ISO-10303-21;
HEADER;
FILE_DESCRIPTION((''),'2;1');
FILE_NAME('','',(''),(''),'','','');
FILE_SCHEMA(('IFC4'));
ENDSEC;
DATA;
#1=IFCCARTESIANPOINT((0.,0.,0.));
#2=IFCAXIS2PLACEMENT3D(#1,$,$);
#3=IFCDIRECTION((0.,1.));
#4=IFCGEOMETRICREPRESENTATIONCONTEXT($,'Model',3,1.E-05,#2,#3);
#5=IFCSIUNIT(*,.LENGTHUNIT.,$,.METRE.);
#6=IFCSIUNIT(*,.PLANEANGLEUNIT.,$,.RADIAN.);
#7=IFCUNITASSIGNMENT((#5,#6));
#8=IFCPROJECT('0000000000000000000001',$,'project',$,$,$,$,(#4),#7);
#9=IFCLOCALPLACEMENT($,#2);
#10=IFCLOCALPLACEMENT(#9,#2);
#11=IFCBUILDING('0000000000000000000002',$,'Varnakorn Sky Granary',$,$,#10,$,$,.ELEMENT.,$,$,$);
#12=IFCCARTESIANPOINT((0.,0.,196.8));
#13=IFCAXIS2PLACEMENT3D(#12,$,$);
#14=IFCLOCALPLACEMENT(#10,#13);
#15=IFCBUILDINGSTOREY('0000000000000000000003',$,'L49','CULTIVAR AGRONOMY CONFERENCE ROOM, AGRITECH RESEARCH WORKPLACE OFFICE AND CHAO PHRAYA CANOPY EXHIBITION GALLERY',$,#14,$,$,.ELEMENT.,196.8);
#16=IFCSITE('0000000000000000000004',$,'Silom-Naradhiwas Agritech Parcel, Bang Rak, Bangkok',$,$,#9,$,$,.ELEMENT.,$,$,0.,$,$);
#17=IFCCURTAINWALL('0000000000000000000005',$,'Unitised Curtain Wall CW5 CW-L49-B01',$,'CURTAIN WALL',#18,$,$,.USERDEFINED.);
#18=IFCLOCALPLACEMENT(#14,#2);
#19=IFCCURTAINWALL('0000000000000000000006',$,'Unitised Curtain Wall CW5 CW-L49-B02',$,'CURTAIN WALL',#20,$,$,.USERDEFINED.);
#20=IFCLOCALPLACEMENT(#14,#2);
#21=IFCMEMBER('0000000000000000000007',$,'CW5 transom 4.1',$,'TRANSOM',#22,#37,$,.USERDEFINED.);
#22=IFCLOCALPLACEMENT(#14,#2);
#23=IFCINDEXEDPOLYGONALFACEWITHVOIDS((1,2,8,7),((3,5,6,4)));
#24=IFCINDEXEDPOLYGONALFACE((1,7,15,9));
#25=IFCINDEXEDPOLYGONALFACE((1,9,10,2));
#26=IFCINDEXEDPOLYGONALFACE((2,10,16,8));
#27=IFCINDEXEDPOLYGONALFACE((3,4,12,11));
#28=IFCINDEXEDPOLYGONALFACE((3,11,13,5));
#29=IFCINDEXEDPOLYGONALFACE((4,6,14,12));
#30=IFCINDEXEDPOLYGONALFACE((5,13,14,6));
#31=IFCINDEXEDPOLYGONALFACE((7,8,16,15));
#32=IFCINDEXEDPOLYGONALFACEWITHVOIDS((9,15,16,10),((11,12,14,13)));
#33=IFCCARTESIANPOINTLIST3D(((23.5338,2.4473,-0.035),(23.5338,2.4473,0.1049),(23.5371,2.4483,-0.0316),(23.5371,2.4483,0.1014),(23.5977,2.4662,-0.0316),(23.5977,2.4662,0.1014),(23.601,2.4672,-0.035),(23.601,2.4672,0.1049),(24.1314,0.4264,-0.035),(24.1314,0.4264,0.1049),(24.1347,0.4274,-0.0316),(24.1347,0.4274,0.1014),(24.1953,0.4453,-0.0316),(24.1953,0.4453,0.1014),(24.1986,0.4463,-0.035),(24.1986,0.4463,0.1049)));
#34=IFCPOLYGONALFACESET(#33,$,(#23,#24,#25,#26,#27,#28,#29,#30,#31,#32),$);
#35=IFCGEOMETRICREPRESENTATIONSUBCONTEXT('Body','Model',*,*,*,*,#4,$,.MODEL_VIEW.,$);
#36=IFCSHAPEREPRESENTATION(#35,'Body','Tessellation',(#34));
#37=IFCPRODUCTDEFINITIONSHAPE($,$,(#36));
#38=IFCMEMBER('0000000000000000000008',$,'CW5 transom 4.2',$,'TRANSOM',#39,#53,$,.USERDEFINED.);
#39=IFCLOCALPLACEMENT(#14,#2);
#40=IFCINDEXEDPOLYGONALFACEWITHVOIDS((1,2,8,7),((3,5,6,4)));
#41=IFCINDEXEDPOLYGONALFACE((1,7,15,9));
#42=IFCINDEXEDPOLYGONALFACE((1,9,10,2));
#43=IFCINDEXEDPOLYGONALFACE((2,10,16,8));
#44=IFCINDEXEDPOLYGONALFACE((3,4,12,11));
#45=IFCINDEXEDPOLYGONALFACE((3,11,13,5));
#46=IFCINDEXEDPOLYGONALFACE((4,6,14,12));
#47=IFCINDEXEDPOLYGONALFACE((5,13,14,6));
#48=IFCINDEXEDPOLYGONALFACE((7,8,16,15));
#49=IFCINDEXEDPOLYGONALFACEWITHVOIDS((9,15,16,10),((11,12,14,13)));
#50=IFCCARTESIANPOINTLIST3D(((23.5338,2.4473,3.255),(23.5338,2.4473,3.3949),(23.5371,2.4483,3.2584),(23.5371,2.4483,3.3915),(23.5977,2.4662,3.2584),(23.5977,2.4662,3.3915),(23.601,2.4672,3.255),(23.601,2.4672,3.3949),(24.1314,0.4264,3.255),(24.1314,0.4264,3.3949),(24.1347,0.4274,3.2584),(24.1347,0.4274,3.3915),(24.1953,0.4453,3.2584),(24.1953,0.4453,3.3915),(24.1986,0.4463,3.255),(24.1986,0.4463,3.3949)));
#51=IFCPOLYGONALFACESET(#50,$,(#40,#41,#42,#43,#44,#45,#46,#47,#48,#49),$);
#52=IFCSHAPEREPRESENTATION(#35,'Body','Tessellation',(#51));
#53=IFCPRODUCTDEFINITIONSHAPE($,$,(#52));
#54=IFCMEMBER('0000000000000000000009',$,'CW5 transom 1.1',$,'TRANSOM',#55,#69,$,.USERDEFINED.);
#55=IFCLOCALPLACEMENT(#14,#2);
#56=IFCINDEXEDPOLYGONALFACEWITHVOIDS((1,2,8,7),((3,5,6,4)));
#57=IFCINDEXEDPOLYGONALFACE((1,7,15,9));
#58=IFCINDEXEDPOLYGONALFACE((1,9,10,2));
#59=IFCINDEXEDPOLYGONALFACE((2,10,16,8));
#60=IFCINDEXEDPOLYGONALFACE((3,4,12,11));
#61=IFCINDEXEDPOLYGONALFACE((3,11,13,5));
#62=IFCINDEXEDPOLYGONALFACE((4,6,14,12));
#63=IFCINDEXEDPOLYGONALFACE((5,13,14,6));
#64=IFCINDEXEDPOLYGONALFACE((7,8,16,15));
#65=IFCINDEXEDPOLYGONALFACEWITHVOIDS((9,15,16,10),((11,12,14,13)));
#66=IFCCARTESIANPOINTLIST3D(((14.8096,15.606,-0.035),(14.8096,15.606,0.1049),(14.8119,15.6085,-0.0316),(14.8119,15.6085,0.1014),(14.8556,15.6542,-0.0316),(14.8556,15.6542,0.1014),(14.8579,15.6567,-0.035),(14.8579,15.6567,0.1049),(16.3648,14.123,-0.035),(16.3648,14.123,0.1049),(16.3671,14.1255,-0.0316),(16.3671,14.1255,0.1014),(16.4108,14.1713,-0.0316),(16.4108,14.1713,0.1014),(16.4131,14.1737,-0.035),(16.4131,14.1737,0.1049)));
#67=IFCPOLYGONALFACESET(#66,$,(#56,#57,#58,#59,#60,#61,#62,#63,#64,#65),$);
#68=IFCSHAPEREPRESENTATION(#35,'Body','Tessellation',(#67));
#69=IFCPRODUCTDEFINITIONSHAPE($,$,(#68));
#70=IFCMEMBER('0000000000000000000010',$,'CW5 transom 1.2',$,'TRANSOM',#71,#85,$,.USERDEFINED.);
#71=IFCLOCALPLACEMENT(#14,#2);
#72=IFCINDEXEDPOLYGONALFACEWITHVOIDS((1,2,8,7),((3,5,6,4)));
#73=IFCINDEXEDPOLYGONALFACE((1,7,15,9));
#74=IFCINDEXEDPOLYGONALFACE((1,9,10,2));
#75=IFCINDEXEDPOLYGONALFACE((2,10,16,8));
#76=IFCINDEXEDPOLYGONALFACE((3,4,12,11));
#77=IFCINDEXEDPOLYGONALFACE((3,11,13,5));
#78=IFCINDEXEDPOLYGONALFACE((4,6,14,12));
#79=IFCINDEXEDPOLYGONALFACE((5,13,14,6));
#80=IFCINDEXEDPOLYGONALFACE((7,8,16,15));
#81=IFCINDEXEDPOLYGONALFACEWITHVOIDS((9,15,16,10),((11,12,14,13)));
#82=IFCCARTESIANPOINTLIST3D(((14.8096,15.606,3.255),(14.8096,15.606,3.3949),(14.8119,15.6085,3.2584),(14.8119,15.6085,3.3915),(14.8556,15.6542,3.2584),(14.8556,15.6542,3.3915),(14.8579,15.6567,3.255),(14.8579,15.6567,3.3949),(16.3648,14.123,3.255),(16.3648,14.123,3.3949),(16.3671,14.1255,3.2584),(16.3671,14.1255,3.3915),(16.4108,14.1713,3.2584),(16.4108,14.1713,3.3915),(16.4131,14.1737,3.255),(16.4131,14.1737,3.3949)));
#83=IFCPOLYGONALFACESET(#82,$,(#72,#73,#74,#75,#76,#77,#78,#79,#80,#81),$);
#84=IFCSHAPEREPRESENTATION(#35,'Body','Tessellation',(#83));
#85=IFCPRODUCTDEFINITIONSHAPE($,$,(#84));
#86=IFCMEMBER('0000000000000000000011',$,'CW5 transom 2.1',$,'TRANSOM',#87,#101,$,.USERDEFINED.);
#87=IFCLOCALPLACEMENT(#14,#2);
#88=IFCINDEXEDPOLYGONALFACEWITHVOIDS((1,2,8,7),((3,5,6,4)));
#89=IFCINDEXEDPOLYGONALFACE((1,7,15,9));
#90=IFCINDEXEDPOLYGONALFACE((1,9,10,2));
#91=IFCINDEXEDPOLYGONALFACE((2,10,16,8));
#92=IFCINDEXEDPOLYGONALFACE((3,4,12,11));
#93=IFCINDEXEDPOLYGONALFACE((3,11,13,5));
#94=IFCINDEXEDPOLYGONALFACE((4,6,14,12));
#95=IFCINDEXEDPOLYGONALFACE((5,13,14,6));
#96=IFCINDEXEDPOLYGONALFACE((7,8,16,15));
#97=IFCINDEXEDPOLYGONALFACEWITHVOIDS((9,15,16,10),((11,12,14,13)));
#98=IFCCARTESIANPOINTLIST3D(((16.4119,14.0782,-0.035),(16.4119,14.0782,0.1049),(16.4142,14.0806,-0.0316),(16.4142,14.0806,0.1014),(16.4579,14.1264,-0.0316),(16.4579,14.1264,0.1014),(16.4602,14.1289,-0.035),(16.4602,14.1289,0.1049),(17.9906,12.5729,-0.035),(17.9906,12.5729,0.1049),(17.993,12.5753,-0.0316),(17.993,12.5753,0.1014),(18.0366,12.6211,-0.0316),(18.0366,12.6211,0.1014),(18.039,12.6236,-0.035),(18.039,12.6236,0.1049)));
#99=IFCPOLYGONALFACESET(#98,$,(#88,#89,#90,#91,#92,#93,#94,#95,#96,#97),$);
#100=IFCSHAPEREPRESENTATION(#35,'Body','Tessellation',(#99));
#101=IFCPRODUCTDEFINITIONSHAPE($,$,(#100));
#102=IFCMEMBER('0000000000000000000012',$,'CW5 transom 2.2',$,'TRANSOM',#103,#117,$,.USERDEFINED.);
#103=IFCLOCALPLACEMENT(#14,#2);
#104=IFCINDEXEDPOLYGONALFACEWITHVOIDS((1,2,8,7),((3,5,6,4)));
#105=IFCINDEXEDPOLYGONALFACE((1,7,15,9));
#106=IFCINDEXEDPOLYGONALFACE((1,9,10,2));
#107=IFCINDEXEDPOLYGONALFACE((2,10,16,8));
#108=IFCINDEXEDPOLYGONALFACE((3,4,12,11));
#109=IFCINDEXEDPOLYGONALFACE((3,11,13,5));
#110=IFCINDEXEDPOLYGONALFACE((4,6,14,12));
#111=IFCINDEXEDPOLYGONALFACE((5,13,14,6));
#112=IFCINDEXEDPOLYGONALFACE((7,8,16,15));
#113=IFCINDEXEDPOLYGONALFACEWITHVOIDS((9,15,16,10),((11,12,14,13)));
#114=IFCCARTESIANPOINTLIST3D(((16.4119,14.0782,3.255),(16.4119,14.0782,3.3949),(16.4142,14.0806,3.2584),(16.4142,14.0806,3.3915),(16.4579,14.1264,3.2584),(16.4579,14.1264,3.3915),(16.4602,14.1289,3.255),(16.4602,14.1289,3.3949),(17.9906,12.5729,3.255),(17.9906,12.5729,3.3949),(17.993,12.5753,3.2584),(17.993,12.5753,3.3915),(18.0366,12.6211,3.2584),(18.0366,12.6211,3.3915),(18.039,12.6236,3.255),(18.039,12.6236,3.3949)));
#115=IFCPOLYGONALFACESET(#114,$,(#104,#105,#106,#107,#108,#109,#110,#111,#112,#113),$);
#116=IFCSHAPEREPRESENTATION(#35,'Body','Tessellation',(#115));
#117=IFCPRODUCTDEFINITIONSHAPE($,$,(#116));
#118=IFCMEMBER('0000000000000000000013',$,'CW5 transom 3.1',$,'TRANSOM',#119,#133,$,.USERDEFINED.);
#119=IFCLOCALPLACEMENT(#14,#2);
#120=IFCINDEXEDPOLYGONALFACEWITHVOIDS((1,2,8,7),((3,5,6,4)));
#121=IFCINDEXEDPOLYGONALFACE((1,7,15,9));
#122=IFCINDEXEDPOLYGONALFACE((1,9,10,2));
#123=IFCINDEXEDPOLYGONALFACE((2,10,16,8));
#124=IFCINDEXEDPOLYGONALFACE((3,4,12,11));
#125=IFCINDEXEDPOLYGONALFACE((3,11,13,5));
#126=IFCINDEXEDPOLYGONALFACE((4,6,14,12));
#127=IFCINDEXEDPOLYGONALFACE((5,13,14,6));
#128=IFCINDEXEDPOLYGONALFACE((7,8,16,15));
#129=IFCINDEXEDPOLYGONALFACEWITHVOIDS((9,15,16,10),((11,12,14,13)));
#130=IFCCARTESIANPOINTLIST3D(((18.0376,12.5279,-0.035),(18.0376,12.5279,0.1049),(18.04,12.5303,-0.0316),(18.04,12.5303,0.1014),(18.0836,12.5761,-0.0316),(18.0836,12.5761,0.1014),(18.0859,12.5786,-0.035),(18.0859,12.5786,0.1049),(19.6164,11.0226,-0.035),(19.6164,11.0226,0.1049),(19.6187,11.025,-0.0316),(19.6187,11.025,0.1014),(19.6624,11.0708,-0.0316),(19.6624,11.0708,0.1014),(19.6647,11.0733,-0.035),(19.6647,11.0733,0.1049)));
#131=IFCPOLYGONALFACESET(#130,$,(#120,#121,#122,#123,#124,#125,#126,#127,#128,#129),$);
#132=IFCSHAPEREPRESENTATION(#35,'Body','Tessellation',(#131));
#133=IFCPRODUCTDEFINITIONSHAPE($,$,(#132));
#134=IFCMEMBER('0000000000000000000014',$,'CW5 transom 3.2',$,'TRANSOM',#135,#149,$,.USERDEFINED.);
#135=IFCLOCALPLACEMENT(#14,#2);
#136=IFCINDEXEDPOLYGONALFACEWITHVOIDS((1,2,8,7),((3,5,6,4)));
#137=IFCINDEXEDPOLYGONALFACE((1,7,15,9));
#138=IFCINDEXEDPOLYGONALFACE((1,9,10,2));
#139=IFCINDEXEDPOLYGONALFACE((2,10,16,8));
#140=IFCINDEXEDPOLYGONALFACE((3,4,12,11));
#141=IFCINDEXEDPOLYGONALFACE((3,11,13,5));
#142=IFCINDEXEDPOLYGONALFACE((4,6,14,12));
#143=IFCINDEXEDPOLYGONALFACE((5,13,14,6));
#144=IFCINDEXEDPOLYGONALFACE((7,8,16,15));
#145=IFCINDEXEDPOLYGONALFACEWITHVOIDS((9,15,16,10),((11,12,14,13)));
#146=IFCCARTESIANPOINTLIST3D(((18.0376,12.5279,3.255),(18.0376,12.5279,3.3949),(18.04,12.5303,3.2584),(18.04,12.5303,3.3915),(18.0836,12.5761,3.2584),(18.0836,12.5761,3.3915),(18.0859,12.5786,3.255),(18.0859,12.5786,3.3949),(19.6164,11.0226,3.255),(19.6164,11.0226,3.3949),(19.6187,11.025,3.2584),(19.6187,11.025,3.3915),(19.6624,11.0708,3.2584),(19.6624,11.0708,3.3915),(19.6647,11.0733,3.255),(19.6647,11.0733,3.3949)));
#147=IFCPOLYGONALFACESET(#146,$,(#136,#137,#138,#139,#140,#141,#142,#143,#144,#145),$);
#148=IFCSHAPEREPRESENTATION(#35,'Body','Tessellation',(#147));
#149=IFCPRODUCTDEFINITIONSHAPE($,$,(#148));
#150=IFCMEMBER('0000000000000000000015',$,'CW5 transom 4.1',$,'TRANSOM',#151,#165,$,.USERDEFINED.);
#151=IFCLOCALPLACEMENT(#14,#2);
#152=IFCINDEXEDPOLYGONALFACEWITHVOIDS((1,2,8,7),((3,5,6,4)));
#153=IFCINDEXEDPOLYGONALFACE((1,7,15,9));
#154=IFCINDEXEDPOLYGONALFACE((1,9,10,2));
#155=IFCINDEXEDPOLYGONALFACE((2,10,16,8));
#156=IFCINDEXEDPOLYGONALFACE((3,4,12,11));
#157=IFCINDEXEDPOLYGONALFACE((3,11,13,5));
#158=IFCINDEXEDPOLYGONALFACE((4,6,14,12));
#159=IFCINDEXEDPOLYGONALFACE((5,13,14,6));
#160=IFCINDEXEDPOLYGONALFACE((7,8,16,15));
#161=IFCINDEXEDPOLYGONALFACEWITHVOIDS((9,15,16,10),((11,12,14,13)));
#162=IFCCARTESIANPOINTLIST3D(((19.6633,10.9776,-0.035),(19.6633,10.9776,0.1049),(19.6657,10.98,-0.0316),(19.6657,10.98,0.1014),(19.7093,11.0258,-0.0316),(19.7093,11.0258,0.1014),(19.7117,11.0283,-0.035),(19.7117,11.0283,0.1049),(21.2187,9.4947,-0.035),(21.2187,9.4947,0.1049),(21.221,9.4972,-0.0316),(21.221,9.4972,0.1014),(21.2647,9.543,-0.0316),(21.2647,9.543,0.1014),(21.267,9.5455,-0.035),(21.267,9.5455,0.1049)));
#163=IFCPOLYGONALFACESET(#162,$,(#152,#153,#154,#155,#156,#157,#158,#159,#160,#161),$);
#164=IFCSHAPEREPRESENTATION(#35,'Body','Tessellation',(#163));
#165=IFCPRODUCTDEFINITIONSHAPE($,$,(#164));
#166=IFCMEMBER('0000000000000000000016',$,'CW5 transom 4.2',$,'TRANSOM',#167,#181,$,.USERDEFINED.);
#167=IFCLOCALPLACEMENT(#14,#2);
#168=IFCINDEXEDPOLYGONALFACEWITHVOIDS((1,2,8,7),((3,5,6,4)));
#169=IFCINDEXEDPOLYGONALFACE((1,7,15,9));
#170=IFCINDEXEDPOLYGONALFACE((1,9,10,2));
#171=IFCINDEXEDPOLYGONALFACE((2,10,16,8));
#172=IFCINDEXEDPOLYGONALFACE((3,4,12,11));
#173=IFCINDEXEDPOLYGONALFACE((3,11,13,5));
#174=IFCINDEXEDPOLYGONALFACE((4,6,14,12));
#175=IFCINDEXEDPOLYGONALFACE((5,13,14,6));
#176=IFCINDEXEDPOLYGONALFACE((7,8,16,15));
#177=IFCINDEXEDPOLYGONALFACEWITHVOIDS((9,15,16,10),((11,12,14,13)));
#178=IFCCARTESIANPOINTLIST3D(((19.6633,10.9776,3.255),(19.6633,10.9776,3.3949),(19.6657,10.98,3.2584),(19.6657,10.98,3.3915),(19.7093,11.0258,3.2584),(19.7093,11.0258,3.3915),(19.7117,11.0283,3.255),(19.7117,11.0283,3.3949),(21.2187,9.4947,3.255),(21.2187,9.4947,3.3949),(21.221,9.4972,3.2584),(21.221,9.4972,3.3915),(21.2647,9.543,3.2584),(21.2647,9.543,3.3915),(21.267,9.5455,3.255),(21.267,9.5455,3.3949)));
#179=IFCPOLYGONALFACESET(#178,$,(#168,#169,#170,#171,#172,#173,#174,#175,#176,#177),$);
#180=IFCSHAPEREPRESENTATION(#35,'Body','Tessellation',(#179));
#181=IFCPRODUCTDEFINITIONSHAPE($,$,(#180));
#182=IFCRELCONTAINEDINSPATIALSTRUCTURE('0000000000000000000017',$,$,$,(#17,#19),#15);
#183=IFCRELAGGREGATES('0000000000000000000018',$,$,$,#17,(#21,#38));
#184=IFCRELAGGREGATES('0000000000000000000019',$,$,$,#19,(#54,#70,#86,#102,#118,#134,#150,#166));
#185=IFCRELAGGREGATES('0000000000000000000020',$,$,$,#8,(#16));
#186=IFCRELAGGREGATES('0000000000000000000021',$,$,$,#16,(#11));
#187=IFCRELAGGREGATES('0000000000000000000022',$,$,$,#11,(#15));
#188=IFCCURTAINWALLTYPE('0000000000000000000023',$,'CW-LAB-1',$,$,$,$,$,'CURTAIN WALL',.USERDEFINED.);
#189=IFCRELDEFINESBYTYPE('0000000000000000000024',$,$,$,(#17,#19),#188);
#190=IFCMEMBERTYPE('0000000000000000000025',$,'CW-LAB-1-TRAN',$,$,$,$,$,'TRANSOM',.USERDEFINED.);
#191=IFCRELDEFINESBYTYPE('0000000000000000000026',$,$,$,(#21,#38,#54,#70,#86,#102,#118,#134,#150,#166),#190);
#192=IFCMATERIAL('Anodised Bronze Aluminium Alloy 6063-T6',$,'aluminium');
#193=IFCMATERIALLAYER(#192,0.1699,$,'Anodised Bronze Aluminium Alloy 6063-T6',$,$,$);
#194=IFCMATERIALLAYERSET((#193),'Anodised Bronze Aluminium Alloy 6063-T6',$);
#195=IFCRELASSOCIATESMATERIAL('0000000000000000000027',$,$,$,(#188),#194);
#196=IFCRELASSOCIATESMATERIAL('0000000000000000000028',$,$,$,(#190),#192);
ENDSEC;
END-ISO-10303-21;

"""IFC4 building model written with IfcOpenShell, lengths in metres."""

from ifc_helpers import new_model, si_unit, direction, frame, origin, origin_2d, place, context, subcontext, project, spatial, hollow_rectangle, extrude, material, layer, layer_set, material_profile, profile_set, type_object, element, aggregate, save


model = new_model("IFC4")

# Units and contexts
model_context = context("Model", 3, precision=1e-05, world=origin(), true_north=direction((0.0, 1.0)))
body_context = subcontext(model_context, "Body", "Model", "MODEL_VIEW")
ifc_project = project(units=[si_unit("LENGTHUNIT", "METRE"), si_unit("PLANEANGLEUNIT", "RADIAN")], contexts=[model_context])

# Site, building, storey
site_placement = place(None, origin())
site = spatial("IfcSite", under=ifc_project, at=site_placement, Name="Silom-Naradhiwas Agritech Parcel, Bang Rak, Bangkok", CompositionType="ELEMENT", RefElevation=0.0)
building_placement = place(site_placement, origin())
building = spatial("IfcBuilding", under=site, at=building_placement, Name="Varnakorn Sky Granary", CompositionType="ELEMENT")
storey_placement = place(building_placement, frame((0.0, 0.0, 196.8)))
storey = spatial("IfcBuildingStorey", under=building, at=storey_placement, Name="L49", Description="CULTIVAR AGRONOMY CONFERENCE ROOM, AGRITECH RESEARCH WORKPLACE OFFICE AND CHAO PHRAYA CANOPY EXHIBITION GALLERY", CompositionType="ELEMENT", Elevation=196.8)

# Curtain walls
ifc_material_1 = material(Name="Anodised Bronze Aluminium Alloy 6063-T6", Category="aluminium")
ifc_layer_1 = layer(ifc_material_1, 0.1699, Name="Anodised Bronze Aluminium Alloy 6063-T6")
ifc_layer_set_1 = layer_set([ifc_layer_1], Name="Anodised Bronze Aluminium Alloy 6063-T6")
curtain_wall_type = type_object("IfcCurtainWallType", Name="CW-LAB-1", ElementType="CURTAIN WALL", PredefinedType="USERDEFINED", material=ifc_layer_set_1)
curtain_wall_1_placement = place(storey_placement, origin())
curtain_wall_1 = element("IfcCurtainWall", 1, at=curtain_wall_1_placement, inside=storey, type_object=curtain_wall_type, Name="Unitised Curtain Wall CW5 CW-L49-B01", ObjectType="CURTAIN WALL", PredefinedType="USERDEFINED")
curtain_wall_2_placement = place(storey_placement, origin())
curtain_wall_2 = element("IfcCurtainWall", 2, at=curtain_wall_2_placement, inside=storey, type_object=curtain_wall_type, Name="Unitised Curtain Wall CW5 CW-L49-B02", ObjectType="CURTAIN WALL", PredefinedType="USERDEFINED")

# Members
ifc_material_profile_1 = material_profile(ifc_material_1, hollow_rectangle(XDim=0.0701, YDim=0.1399, WallThickness=0.0034, at=origin_2d()), Name="ALU TRAN 70x140")
ifc_profile_set_1 = profile_set([ifc_material_profile_1], Name="Anodised Bronze Aluminium Alloy 6063-T6")
member_type_1 = type_object("IfcMemberType", Name="CW-LAB-1-TRAN", ElementType="TRANSOM", PredefinedType="USERDEFINED", material=ifc_profile_set_1)
member_1_placement = place(storey_placement, frame((23.5674, 2.4573, 0.0349), z_axis=(0.283583, -0.958948, 0.0), x_axis=(0.958948, 0.283583, 0.0)))
member_1 = element("IfcMember", 3, at=member_1_placement, type_object=member_type_1, Name="CW5 transom 4.1", ObjectType="TRANSOM", PredefinedType="USERDEFINED", context=body_context, shape_type="SweptSolid", body=[
    extrude(hollow_rectangle(XDim=0.0701, YDim=0.1399, WallThickness=0.0034, at=origin_2d()), origin(), (0.0, 0.0, 1.0), 2.1074),
])
member_2_placement = place(storey_placement, frame((23.5674, 2.4573, 3.325), z_axis=(0.283583, -0.958948, 0.0), x_axis=(0.958948, 0.283583, 0.0)))
member_2 = element("IfcMember", 4, at=member_2_placement, type_object=member_type_1, Name="CW5 transom 4.2", ObjectType="TRANSOM", PredefinedType="USERDEFINED", context=body_context, shape_type="SweptSolid", body=[
    extrude(hollow_rectangle(XDim=0.0701, YDim=0.1399, WallThickness=0.0034, at=origin_2d()), origin(), (0.0, 0.0, 1.0), 2.1074),
])
member_3_placement = place(storey_placement, frame((14.8337, 15.6313, 0.0349), z_axis=(0.723722, -0.690092, 0.0), x_axis=(0.690092, 0.723722, 0.0)))
member_3 = element("IfcMember", 5, at=member_3_placement, type_object=member_type_1, Name="CW5 transom 1.1", ObjectType="TRANSOM", PredefinedType="USERDEFINED", context=body_context, shape_type="SweptSolid", body=[
    extrude(hollow_rectangle(XDim=0.0701, YDim=0.1399, WallThickness=0.0034, at=origin_2d()), origin(), (0.0, 0.0, 1.0), 2.1489),
])
member_4_placement = place(storey_placement, frame((14.8337, 15.6313, 3.325), z_axis=(0.723722, -0.690092, 0.0), x_axis=(0.690092, 0.723722, 0.0)))
member_4 = element("IfcMember", 6, at=member_4_placement, type_object=member_type_1, Name="CW5 transom 1.2", ObjectType="TRANSOM", PredefinedType="USERDEFINED", context=body_context, shape_type="SweptSolid", body=[
    extrude(hollow_rectangle(XDim=0.0701, YDim=0.1399, WallThickness=0.0034, at=origin_2d()), origin(), (0.0, 0.0, 1.0), 2.1489),
])
member_5_placement = place(storey_placement, frame((16.436, 14.1035, 0.0349), z_axis=(0.723749, -0.690063, 0.0), x_axis=(0.690063, 0.723749, 0.0)))
member_5 = element("IfcMember", 7, at=member_5_placement, type_object=member_type_1, Name="CW5 transom 2.1", ObjectType="TRANSOM", PredefinedType="USERDEFINED", context=body_context, shape_type="SweptSolid", body=[
    extrude(hollow_rectangle(XDim=0.0701, YDim=0.1399, WallThickness=0.0034, at=origin_2d()), origin(), (0.0, 0.0, 1.0), 2.1814),
])
member_6_placement = place(storey_placement, frame((16.436, 14.1035, 3.325), z_axis=(0.723749, -0.690063, 0.0), x_axis=(0.690063, 0.723749, 0.0)))
member_6 = element("IfcMember", 8, at=member_6_placement, type_object=member_type_1, Name="CW5 transom 2.2", ObjectType="TRANSOM", PredefinedType="USERDEFINED", context=body_context, shape_type="SweptSolid", body=[
    extrude(hollow_rectangle(XDim=0.0701, YDim=0.1399, WallThickness=0.0034, at=origin_2d()), origin(), (0.0, 0.0, 1.0), 2.1814),
])
member_7_placement = place(storey_placement, frame((18.0618, 12.5532, 0.0349), z_axis=(0.723749, -0.690063, 0.0), x_axis=(0.690063, 0.723749, 0.0)))
member_7 = element("IfcMember", 9, at=member_7_placement, type_object=member_type_1, Name="CW5 transom 3.1", ObjectType="TRANSOM", PredefinedType="USERDEFINED", context=body_context, shape_type="SweptSolid", body=[
    extrude(hollow_rectangle(XDim=0.0701, YDim=0.1399, WallThickness=0.0034, at=origin_2d()), origin(), (0.0, 0.0, 1.0), 2.1814),
])
member_8_placement = place(storey_placement, frame((18.0618, 12.5532, 3.325), z_axis=(0.723749, -0.690063, 0.0), x_axis=(0.690063, 0.723749, 0.0)))
member_8 = element("IfcMember", 10, at=member_8_placement, type_object=member_type_1, Name="CW5 transom 3.2", ObjectType="TRANSOM", PredefinedType="USERDEFINED", context=body_context, shape_type="SweptSolid", body=[
    extrude(hollow_rectangle(XDim=0.0701, YDim=0.1399, WallThickness=0.0034, at=origin_2d()), origin(), (0.0, 0.0, 1.0), 2.1814),
])
member_9_placement = place(storey_placement, frame((19.6875, 11.0029, 0.0349), z_axis=(0.723776, -0.690035, 0.0), x_axis=(0.690035, 0.723776, 0.0)))
member_9 = element("IfcMember", 11, at=member_9_placement, type_object=member_type_1, Name="CW5 transom 4.1", ObjectType="TRANSOM", PredefinedType="USERDEFINED", context=body_context, shape_type="SweptSolid", body=[
    extrude(hollow_rectangle(XDim=0.0701, YDim=0.1399, WallThickness=0.0034, at=origin_2d()), origin(), (0.0, 0.0, 1.0), 2.1489),
])
member_10_placement = place(storey_placement, frame((19.6875, 11.0029, 3.325), z_axis=(0.723776, -0.690035, 0.0), x_axis=(0.690035, 0.723776, 0.0)))
member_10 = element("IfcMember", 12, at=member_10_placement, type_object=member_type_1, Name="CW5 transom 4.2", ObjectType="TRANSOM", PredefinedType="USERDEFINED", context=body_context, shape_type="SweptSolid", body=[
    extrude(hollow_rectangle(XDim=0.0701, YDim=0.1399, WallThickness=0.0034, at=origin_2d()), origin(), (0.0, 0.0, 1.0), 2.1489),
])

aggregate(curtain_wall_1, [member_1, member_2])
aggregate(curtain_wall_2, [member_3, member_4, member_5, member_6, member_7, member_8, member_9, member_10])

save(model, "model.ifc")
